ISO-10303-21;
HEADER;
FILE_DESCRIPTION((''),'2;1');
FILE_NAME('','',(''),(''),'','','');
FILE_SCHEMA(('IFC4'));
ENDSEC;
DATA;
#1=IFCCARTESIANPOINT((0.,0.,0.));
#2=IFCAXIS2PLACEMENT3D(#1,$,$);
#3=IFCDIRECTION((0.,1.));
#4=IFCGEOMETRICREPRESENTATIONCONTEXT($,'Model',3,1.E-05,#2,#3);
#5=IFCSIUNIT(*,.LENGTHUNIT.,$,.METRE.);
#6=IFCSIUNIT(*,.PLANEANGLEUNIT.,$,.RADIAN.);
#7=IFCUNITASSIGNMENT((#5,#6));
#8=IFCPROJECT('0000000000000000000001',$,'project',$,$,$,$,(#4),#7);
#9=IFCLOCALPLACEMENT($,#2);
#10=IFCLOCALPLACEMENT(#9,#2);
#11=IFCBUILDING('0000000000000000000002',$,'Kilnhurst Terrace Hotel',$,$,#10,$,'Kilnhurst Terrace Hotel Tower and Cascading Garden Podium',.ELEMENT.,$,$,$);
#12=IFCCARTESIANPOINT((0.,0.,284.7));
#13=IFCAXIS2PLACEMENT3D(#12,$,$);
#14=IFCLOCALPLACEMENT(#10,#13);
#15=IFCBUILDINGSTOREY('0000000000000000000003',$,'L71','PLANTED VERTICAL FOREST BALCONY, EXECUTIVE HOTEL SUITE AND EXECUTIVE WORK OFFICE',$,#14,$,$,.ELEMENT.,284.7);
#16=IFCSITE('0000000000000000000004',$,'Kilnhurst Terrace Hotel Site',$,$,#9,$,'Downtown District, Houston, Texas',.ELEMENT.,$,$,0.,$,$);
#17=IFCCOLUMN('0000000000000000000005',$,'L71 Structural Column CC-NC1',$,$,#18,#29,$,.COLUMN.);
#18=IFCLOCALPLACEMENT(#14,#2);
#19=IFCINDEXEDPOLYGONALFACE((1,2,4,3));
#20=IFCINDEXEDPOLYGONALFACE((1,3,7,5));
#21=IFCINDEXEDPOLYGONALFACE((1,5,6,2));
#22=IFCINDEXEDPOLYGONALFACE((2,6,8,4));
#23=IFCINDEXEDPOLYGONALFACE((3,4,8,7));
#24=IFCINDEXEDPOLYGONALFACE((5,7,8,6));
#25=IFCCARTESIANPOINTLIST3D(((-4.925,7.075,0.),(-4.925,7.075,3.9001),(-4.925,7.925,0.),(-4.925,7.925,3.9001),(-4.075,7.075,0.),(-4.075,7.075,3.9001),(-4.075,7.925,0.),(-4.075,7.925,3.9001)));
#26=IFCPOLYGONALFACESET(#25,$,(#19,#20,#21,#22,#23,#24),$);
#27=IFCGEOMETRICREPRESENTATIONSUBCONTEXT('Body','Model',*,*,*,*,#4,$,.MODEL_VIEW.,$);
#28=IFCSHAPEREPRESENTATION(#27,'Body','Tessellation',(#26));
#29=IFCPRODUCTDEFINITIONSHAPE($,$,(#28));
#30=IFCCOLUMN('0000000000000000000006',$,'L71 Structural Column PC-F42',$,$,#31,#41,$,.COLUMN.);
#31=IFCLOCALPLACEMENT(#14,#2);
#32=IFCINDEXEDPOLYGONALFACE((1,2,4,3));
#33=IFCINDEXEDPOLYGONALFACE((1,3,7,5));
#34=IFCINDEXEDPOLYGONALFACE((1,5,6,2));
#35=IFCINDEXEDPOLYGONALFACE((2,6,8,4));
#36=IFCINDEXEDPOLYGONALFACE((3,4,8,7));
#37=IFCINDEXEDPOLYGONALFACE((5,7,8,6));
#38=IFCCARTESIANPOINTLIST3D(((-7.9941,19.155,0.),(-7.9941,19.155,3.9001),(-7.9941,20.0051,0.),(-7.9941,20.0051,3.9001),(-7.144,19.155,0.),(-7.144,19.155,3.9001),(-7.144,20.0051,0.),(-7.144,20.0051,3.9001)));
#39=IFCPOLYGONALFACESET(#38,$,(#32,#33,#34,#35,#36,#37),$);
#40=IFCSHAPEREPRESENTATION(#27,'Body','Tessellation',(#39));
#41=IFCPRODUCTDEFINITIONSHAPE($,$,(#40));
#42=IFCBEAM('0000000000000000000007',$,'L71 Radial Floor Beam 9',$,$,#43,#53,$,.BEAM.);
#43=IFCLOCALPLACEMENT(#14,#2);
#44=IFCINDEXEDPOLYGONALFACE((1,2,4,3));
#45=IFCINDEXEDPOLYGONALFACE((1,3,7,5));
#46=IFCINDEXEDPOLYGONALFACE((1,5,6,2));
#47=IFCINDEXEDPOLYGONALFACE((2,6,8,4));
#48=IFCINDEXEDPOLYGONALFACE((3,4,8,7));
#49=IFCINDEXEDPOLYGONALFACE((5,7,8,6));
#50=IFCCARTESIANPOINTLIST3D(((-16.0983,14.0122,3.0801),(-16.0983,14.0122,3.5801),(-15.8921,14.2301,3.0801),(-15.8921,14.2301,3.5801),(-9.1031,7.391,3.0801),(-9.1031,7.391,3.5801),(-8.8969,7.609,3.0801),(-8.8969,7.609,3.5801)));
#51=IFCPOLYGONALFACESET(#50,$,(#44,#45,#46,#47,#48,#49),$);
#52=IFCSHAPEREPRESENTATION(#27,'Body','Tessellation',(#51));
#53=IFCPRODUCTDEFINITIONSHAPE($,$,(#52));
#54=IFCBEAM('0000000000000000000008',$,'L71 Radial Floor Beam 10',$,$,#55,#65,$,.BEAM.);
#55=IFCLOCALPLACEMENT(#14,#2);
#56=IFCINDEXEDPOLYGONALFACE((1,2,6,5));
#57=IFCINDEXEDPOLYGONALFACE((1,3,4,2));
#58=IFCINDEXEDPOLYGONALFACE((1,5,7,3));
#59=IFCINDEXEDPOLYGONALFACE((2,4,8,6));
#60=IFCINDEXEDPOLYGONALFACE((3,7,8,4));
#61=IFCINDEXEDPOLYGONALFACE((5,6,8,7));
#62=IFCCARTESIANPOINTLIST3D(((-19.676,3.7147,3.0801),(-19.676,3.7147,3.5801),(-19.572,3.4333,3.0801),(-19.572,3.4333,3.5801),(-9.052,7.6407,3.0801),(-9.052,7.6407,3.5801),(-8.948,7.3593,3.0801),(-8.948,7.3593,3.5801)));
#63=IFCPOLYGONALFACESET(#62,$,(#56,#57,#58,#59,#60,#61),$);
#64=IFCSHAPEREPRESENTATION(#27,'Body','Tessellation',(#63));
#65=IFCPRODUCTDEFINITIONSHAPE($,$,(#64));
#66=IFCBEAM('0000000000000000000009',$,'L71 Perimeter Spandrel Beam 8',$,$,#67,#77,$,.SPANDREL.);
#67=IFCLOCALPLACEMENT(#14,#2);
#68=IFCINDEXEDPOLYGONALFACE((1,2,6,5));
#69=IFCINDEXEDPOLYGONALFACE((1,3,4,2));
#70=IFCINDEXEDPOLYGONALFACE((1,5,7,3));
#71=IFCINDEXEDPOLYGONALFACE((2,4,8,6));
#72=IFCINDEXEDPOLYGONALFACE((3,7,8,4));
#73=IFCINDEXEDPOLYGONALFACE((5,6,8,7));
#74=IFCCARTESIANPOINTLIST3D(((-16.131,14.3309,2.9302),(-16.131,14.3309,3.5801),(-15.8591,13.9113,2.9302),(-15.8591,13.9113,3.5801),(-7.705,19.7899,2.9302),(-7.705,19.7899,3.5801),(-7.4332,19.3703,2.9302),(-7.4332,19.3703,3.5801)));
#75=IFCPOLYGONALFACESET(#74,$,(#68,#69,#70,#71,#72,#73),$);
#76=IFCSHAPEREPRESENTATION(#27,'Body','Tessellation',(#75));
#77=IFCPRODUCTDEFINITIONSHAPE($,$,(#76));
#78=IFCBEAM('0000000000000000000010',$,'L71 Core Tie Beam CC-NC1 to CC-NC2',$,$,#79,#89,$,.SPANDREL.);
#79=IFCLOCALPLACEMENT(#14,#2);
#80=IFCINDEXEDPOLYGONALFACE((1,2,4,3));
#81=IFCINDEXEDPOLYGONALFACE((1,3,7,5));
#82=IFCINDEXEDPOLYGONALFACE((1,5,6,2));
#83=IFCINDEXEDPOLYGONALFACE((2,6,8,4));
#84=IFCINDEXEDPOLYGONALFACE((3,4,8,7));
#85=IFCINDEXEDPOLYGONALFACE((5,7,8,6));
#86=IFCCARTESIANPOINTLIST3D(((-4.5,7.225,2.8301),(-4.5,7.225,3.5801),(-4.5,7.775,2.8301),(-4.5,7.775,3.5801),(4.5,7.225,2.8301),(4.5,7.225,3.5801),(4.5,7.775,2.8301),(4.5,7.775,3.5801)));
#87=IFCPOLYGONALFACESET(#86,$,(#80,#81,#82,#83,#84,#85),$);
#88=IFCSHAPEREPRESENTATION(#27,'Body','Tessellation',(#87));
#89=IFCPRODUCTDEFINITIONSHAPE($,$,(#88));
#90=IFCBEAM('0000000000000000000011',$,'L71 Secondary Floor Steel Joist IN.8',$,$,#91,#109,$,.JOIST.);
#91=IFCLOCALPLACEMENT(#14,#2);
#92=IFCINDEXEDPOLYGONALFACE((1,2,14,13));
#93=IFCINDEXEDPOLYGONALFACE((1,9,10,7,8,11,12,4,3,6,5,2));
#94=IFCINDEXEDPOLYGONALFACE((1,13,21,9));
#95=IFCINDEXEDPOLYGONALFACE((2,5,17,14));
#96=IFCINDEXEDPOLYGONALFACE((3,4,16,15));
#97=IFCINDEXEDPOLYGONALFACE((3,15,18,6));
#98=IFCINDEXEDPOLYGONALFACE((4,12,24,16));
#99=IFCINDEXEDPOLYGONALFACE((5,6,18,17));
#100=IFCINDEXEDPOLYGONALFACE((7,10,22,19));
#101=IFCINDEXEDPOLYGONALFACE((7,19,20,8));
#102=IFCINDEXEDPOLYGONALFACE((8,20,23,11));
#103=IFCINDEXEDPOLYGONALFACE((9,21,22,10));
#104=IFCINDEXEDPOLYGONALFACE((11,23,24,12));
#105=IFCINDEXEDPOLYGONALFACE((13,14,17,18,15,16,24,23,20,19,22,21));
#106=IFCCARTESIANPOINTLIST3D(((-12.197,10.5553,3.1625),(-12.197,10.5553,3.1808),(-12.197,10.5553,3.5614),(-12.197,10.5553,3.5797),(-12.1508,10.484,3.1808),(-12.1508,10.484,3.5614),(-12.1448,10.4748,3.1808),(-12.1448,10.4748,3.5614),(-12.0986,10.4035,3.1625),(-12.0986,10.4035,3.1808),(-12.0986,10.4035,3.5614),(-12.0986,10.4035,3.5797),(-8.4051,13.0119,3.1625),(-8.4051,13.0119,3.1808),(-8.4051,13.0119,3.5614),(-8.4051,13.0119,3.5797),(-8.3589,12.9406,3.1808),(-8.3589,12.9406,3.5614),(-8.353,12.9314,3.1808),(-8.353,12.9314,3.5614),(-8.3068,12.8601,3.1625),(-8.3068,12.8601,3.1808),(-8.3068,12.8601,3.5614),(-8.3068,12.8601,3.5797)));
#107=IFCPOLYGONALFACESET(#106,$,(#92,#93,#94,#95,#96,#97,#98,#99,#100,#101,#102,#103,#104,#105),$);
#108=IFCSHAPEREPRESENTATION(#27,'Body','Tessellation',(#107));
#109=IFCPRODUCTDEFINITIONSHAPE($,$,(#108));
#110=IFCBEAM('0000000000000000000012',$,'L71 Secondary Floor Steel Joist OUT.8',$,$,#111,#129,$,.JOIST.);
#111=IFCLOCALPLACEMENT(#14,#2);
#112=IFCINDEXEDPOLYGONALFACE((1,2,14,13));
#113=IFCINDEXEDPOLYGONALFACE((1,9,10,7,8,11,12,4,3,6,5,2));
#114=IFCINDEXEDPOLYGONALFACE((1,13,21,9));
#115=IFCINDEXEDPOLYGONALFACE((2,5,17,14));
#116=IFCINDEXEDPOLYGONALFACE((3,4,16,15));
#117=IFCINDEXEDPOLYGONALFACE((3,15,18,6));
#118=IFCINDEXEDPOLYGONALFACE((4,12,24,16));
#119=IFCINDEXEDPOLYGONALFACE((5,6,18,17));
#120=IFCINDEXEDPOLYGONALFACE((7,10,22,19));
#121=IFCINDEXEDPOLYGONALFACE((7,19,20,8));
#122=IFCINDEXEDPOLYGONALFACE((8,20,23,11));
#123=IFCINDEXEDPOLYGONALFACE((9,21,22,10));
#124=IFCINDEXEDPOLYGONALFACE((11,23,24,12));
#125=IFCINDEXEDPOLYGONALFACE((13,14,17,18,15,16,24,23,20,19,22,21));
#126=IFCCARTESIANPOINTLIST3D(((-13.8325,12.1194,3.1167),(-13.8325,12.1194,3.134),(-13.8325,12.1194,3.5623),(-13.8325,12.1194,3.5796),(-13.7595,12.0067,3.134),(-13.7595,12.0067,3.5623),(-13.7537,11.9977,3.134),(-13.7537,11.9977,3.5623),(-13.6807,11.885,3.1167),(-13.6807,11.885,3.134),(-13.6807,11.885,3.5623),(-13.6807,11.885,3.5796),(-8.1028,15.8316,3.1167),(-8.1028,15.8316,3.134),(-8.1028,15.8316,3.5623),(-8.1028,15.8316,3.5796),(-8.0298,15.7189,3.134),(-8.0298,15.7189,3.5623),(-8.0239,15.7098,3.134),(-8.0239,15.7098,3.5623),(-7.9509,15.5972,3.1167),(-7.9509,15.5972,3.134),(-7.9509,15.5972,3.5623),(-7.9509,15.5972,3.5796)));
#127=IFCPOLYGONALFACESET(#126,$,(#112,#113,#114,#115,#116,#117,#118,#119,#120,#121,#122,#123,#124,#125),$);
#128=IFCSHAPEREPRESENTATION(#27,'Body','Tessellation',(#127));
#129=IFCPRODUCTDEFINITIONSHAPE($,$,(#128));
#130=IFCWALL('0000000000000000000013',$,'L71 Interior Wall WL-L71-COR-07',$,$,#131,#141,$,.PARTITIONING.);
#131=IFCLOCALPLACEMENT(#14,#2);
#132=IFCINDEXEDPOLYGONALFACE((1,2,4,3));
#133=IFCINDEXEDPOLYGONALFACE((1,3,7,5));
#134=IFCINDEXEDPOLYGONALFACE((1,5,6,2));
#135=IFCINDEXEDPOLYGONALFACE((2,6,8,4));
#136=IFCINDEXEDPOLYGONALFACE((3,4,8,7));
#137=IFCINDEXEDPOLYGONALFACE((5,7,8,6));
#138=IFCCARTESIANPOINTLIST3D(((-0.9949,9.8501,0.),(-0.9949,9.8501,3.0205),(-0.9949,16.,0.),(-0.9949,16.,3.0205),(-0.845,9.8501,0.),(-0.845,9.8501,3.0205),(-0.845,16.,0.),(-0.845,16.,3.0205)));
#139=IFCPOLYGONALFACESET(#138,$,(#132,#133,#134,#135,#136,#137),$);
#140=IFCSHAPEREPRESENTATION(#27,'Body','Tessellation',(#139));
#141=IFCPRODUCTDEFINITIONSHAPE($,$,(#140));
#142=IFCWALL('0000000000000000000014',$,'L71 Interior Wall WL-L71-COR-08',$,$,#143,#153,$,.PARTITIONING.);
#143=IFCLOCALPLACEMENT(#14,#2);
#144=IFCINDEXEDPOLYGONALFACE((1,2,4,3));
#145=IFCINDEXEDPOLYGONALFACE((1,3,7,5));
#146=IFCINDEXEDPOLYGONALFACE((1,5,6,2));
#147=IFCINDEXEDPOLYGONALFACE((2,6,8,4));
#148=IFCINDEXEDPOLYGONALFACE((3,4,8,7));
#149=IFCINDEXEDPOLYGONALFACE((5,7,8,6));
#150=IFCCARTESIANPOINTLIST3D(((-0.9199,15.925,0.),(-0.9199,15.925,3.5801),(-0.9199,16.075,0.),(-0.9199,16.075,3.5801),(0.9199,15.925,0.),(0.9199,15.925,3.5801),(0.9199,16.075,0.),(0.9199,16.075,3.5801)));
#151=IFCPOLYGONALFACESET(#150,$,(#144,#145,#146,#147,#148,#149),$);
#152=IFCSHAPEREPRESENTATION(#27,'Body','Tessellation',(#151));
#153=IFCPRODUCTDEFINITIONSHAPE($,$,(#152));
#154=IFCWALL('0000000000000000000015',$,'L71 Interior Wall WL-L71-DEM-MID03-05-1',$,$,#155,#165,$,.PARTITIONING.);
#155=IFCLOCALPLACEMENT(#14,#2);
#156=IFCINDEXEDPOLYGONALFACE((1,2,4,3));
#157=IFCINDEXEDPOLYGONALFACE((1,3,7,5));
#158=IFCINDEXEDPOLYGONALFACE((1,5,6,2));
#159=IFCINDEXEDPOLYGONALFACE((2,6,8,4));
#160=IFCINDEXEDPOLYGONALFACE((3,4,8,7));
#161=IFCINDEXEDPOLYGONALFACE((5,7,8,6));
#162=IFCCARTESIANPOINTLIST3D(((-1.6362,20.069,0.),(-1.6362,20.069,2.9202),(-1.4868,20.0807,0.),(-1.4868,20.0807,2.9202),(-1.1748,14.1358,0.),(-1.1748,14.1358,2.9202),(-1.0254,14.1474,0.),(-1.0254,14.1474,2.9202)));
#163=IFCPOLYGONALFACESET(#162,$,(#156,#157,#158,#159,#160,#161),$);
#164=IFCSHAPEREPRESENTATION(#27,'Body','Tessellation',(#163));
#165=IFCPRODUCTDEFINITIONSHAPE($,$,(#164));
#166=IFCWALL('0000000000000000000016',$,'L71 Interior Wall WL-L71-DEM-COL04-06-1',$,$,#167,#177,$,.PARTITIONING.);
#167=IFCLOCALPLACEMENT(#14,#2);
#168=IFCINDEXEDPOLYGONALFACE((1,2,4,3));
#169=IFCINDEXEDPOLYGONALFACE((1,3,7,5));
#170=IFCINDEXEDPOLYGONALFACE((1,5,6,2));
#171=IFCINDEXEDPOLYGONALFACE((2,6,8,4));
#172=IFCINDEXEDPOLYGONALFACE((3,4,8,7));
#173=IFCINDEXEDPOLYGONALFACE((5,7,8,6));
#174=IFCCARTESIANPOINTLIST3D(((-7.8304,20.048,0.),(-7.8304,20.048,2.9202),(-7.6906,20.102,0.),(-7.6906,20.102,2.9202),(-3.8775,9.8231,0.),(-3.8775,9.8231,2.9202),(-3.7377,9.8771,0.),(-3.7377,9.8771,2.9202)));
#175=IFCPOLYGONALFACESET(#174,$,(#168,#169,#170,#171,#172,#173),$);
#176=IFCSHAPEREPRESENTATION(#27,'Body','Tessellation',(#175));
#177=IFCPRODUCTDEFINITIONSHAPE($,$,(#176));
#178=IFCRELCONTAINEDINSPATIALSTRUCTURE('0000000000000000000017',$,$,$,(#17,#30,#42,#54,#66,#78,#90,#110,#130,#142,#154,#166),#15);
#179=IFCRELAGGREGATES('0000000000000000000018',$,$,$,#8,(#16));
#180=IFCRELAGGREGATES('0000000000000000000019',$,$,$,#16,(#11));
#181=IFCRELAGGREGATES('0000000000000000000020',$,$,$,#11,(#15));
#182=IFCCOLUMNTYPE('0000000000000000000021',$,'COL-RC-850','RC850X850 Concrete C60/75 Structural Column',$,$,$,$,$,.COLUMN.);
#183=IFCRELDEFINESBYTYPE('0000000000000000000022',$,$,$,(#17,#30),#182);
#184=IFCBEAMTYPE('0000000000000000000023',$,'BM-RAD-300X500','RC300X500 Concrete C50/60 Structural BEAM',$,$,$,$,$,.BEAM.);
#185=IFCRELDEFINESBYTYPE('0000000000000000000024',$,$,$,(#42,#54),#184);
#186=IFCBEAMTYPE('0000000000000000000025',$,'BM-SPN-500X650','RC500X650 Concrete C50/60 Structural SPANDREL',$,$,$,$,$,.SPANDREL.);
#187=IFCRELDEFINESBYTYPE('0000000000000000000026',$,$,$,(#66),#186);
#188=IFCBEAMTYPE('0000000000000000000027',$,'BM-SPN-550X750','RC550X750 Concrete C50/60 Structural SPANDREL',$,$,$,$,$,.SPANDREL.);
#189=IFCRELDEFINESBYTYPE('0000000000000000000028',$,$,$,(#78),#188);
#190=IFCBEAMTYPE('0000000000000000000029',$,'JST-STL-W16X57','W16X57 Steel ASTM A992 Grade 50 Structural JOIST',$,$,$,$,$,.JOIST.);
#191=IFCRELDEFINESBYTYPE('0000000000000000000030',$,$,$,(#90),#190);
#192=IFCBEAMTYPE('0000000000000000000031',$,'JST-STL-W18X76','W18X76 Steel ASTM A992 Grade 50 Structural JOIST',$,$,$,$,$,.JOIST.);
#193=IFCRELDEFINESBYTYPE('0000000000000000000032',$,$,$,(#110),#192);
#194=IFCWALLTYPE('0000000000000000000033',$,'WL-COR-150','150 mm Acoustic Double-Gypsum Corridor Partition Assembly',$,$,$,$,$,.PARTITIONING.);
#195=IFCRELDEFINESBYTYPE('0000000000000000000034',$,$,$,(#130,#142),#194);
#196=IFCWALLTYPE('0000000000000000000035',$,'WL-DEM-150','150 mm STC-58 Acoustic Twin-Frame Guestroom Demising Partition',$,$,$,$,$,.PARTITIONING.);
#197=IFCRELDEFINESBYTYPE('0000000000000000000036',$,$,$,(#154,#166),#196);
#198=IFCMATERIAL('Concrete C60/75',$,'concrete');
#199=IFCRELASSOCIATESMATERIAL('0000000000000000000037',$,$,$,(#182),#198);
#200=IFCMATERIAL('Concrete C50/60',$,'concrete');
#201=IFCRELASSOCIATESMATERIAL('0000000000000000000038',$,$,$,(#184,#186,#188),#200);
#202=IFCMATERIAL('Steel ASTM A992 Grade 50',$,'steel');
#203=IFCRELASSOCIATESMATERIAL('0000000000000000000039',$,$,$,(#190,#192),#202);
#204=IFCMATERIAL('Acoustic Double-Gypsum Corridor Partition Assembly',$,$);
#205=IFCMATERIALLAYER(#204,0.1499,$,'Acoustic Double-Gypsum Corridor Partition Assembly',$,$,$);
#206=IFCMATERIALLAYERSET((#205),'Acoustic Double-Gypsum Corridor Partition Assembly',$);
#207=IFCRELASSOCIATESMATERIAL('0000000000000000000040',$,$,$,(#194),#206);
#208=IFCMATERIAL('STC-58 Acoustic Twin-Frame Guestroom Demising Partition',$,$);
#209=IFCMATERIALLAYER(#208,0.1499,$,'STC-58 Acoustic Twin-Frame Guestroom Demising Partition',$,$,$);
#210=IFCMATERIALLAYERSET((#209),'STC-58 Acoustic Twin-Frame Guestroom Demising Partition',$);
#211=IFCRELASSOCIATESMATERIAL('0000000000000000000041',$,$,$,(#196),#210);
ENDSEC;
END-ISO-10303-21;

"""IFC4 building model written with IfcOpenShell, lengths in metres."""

from ifc_helpers import new_model, si_unit, direction, frame, frame_2d, origin, origin_2d, place, context, subcontext, project, spatial, rectangle, i_section, extrude, material, layer, layer_set, material_profile, profile_set, type_object, element, save


model = new_model("IFC4")

# Units and contexts
model_context = context("Model", 3, precision=1e-05, world=origin(), true_north=direction((0.0, 1.0)))
body_context = subcontext(model_context, "Body", "Model", "MODEL_VIEW")
ifc_project = project(units=[si_unit("LENGTHUNIT", "METRE"), si_unit("PLANEANGLEUNIT", "RADIAN")], contexts=[model_context])

# Site, building, storey
site_placement = place(None, origin())
site = spatial("IfcSite", under=ifc_project, at=site_placement, Name="Kilnhurst Terrace Hotel Site", LongName="Downtown District, Houston, Texas", CompositionType="ELEMENT", RefElevation=0.0)
building_placement = place(site_placement, origin())
building = spatial("IfcBuilding", under=site, at=building_placement, Name="Kilnhurst Terrace Hotel", LongName="Kilnhurst Terrace Hotel Tower and Cascading Garden Podium", CompositionType="ELEMENT")
storey_placement = place(building_placement, frame((0.0, 0.0, 284.7)))
storey = spatial("IfcBuildingStorey", under=building, at=storey_placement, Name="L71", Description="PLANTED VERTICAL FOREST BALCONY, EXECUTIVE HOTEL SUITE AND EXECUTIVE WORK OFFICE", CompositionType="ELEMENT", Elevation=284.7)

# Columns
ifc_material_1 = material(Name="Concrete C60/75", Category="concrete")
ifc_material_profile_1 = material_profile(ifc_material_1, rectangle(XDim=0.8501, YDim=0.8501, at=origin_2d()), Name="RC850X850")
ifc_profile_set_1 = profile_set([ifc_material_profile_1], Name="Concrete C60/75")
column_type = type_object("IfcColumnType", Name="COL-RC-850", Description="RC850X850 Concrete C60/75 Structural Column", PredefinedType="COLUMN", material=ifc_profile_set_1)
for number, where, z_axis, x_axis, name in (
    (1, (-4.5, 7.5, 0.0), (0.0, 0.0, 1.0), (1.0, 0.0, 0.0), "L71 Structural Column CC-NC1"),
    (2, (-7.5691, 19.5801, 0.0), (0.0, 0.0, 1.0), (1.0, 0.0, 0.0), "L71 Structural Column PC-F42"),
):
    element("IfcColumn", number, at=place(storey_placement, frame(where, z_axis=z_axis, x_axis=x_axis)), inside=storey, type_object=column_type, Name=name, PredefinedType="COLUMN", context=body_context, shape_type="SweptSolid", body=[
        extrude(rectangle(XDim=0.8501, YDim=0.8501, at=origin_2d()), origin(), (0.0, 0.0, 1.0), 3.9001),
    ])

# Beams
ifc_material_2 = material(Name="Concrete C50/60", Category="concrete")
ifc_material_profile_2 = material_profile(ifc_material_2, rectangle(XDim=0.3, YDim=0.5, at=origin_2d()), Name="RC300X500")
ifc_profile_set_2 = profile_set([ifc_material_profile_2], Name="Concrete C50/60")
beam_type_1 = type_object("IfcBeamType", Name="BM-RAD-300X500", Description="RC300X500 Concrete C50/60 Structural BEAM", PredefinedType="BEAM", material=ifc_profile_set_2)
beam_1_placement = place(storey_placement, frame((-9.0, 7.5, 3.3301), z_axis=(-0.726256, 0.687424, 0.0), x_axis=(-0.687424, -0.726256, 0.0)))
element("IfcBeam", 3, at=beam_1_placement, inside=storey, type_object=beam_type_1, Name="L71 Radial Floor Beam 9", PredefinedType="BEAM", context=body_context, shape_type="SweptSolid", body=[
    extrude(rectangle(XDim=0.3, YDim=0.5, at=origin_2d()), origin(), (0.0, 0.0, 1.0), 9.6318),
])
beam_2_placement = place(storey_placement, frame((-9.0, 7.5, 3.3301), z_axis=(-0.938002, -0.346631, 0.0), x_axis=(0.346631, -0.938002, 0.0)))
element("IfcBeam", 4, at=beam_2_placement, inside=storey, type_object=beam_type_1, Name="L71 Radial Floor Beam 10", PredefinedType="BEAM", context=body_context, shape_type="SweptSolid", body=[
    extrude(rectangle(XDim=0.3, YDim=0.5, at=origin_2d()), origin(), (0.0, 0.0, 1.0), 11.3262),
])
ifc_material_profile_3 = material_profile(ifc_material_2, rectangle(XDim=0.5, YDim=0.6499, at=origin_2d()), Name="RC500X650")
ifc_profile_set_3 = profile_set([ifc_material_profile_3], Name="Concrete C50/60")
beam_type_2 = type_object("IfcBeamType", Name="BM-SPN-500X650", Description="RC500X650 Concrete C50/60 Structural SPANDREL", PredefinedType="SPANDREL", material=ifc_profile_set_3)
beam_3_placement = place(storey_placement, frame((-7.5691, 19.5801, 3.2551), z_axis=(-0.839259, -0.543732, 0.0), x_axis=(0.543732, -0.839259, 0.0)))
element("IfcBeam", 5, at=beam_3_placement, inside=storey, type_object=beam_type_2, Name="L71 Perimeter Spandrel Beam 8", PredefinedType="SPANDREL", context=body_context, shape_type="SweptSolid", body=[
    extrude(rectangle(XDim=0.5, YDim=0.6499, at=origin_2d()), origin(), (0.0, 0.0, 1.0), 10.0398),
])
ifc_material_profile_4 = material_profile(ifc_material_2, rectangle(XDim=0.55, YDim=0.75, at=origin_2d()), Name="RC550X750")
ifc_profile_set_4 = profile_set([ifc_material_profile_4], Name="Concrete C50/60")
beam_type_3 = type_object("IfcBeamType", Name="BM-SPN-550X750", Description="RC550X750 Concrete C50/60 Structural SPANDREL", PredefinedType="SPANDREL", material=ifc_profile_set_4)
beam_4_placement = place(storey_placement, frame((-4.5, 7.5, 3.2051), z_axis=(1.0, 0.0, 0.0), x_axis=(0.0, 1.0, 0.0)))
element("IfcBeam", 6, at=beam_4_placement, inside=storey, type_object=beam_type_3, Name="L71 Core Tie Beam CC-NC1 to CC-NC2", PredefinedType="SPANDREL", context=body_context, shape_type="SweptSolid", body=[
    extrude(rectangle(XDim=0.55, YDim=0.75, at=origin_2d()), origin(), (0.0, 0.0, 1.0), 9.0),
])
ifc_material_3 = material(Name="Steel ASTM A992 Grade 50", Category="steel")
ifc_material_profile_5 = material_profile(ifc_material_3, i_section(OverallWidth=0.1809, OverallDepth=0.4172, WebThickness=0.011, FlangeThickness=0.0183, at=origin_2d()), Name="W16X57")
ifc_profile_set_5 = profile_set([ifc_material_profile_5], Name="Steel ASTM A992 Grade 50")
beam_type_4 = type_object("IfcBeamType", Name="JST-STL-W16X57", Description="W16X57 Steel ASTM A992 Grade 50 Structural JOIST", PredefinedType="JOIST", material=ifc_profile_set_5)
beam_5_placement = place(storey_placement, frame((-8.356, 12.936, 3.3711), z_axis=(-0.839261, -0.543728, 0.0), x_axis=(0.543728, -0.839261, 0.0)))
element("IfcBeam", 7, at=beam_5_placement, inside=storey, type_object=beam_type_4, Name="L71 Secondary Floor Steel Joist IN.8", PredefinedType="JOIST", context=body_context, shape_type="SweptSolid", body=[
    extrude(i_section(OverallWidth=0.1809, OverallDepth=0.4172, WebThickness=0.011, FlangeThickness=0.0183, at=origin_2d()), origin(), (0.0, 0.0, 1.0), 4.5181),
])
ifc_material_profile_6 = material_profile(ifc_material_3, i_section(OverallWidth=0.2793, OverallDepth=0.4629, WebThickness=0.0107, FlangeThickness=0.0173, at=origin_2d()), Name="W18X76")
ifc_profile_set_6 = profile_set([ifc_material_profile_6], Name="Steel ASTM A992 Grade 50")
beam_type_5 = type_object("IfcBeamType", Name="JST-STL-W18X76", Description="W18X76 Steel ASTM A992 Grade 50 Structural JOIST", PredefinedType="JOIST", material=ifc_profile_set_6)
beam_6_placement = place(storey_placement, frame((-8.0269, 15.7144, 3.3481), z_axis=(-0.839257, -0.543735, 0.0), x_axis=(0.543735, -0.839257, 0.0)))
element("IfcBeam", 8, at=beam_6_placement, inside=storey, type_object=beam_type_5, Name="L71 Secondary Floor Steel Joist OUT.8", PredefinedType="JOIST", context=body_context, shape_type="SweptSolid", body=[
    extrude(i_section(OverallWidth=0.2793, OverallDepth=0.4629, WebThickness=0.0107, FlangeThickness=0.0173, at=origin_2d()), origin(), (0.0, 0.0, 1.0), 6.8271),
])

# Walls
ifc_material_4 = material(Name="Acoustic Double-Gypsum Corridor Partition Assembly")
ifc_layer_1 = layer(ifc_material_4, 0.1499, Name="Acoustic Double-Gypsum Corridor Partition Assembly")
ifc_layer_set_1 = layer_set([ifc_layer_1], Name="Acoustic Double-Gypsum Corridor Partition Assembly")
wall_type_1 = type_object("IfcWallType", Name="WL-COR-150", Description="150 mm Acoustic Double-Gypsum Corridor Partition Assembly", PredefinedType="PARTITIONING", material=ifc_layer_set_1)
wall_1_placement = place(storey_placement, frame((-0.9199, 9.8501, 0.0), z_axis=(0.0, 0.0, 1.0), x_axis=(0.0, 1.0, 0.0)))
element("IfcWall", 9, at=wall_1_placement, inside=storey, type_object=wall_type_1, Name="L71 Interior Wall WL-L71-COR-07", PredefinedType="PARTITIONING", context=body_context, shape_type="SweptSolid", body=[
    extrude(rectangle(XDim=6.1499, YDim=0.1499, at=frame_2d((3.075, 0.0))), origin(), (0.0, 0.0, 1.0), 3.0205),
])
wall_2_placement = place(storey_placement, frame((-0.9199, 16.0, 0.0), z_axis=(0.0, 0.0, 1.0), x_axis=(1.0, 0.0, 0.0)))
element("IfcWall", 10, at=wall_2_placement, inside=storey, type_object=wall_type_1, Name="L71 Interior Wall WL-L71-COR-08", PredefinedType="PARTITIONING", context=body_context, shape_type="SweptSolid", body=[
    extrude(rectangle(XDim=1.8398, YDim=0.1499, at=frame_2d((0.9199, 0.0))), origin(), (0.0, 0.0, 1.0), 3.5801),
])
ifc_material_5 = material(Name="STC-58 Acoustic Twin-Frame Guestroom Demising Partition")
ifc_layer_2 = layer(ifc_material_5, 0.1499, Name="STC-58 Acoustic Twin-Frame Guestroom Demising Partition")
ifc_layer_set_2 = layer_set([ifc_layer_2], Name="STC-58 Acoustic Twin-Frame Guestroom Demising Partition")
wall_type_2 = type_object("IfcWallType", Name="WL-DEM-150", Description="150 mm STC-58 Acoustic Twin-Frame Guestroom Demising Partition", PredefinedType="PARTITIONING", material=ifc_layer_set_2)
wall_3_placement = place(storey_placement, frame((-1.1001, 14.1416, 0.0), z_axis=(0.0, 0.0, 1.0), x_axis=(-0.077534, 0.99699, 0.0)))
element("IfcWall", 11, at=wall_3_placement, inside=storey, type_object=wall_type_2, Name="L71 Interior Wall WL-L71-DEM-MID03-05-1", PredefinedType="PARTITIONING", context=body_context, shape_type="SweptSolid", body=[
    extrude(rectangle(XDim=5.9512, YDim=0.1499, at=frame_2d((2.9756, 0.0))), origin(), (0.0, 0.0, 1.0), 2.9202),
])
wall_4_placement = place(storey_placement, frame((-3.8076, 9.8501, 0.0), z_axis=(0.0, 0.0, 1.0), x_axis=(-0.360587, 0.932725, 0.0)))
element("IfcWall", 12, at=wall_4_placement, inside=storey, type_object=wall_type_2, Name="L71 Interior Wall WL-L71-DEM-COL04-06-1", PredefinedType="PARTITIONING", context=body_context, shape_type="SweptSolid", body=[
    extrude(rectangle(XDim=10.9624, YDim=0.1499, at=frame_2d((5.4812, 0.0))), origin(), (0.0, 0.0, 1.0), 2.9202),
])

save(model, "model.ifc")
